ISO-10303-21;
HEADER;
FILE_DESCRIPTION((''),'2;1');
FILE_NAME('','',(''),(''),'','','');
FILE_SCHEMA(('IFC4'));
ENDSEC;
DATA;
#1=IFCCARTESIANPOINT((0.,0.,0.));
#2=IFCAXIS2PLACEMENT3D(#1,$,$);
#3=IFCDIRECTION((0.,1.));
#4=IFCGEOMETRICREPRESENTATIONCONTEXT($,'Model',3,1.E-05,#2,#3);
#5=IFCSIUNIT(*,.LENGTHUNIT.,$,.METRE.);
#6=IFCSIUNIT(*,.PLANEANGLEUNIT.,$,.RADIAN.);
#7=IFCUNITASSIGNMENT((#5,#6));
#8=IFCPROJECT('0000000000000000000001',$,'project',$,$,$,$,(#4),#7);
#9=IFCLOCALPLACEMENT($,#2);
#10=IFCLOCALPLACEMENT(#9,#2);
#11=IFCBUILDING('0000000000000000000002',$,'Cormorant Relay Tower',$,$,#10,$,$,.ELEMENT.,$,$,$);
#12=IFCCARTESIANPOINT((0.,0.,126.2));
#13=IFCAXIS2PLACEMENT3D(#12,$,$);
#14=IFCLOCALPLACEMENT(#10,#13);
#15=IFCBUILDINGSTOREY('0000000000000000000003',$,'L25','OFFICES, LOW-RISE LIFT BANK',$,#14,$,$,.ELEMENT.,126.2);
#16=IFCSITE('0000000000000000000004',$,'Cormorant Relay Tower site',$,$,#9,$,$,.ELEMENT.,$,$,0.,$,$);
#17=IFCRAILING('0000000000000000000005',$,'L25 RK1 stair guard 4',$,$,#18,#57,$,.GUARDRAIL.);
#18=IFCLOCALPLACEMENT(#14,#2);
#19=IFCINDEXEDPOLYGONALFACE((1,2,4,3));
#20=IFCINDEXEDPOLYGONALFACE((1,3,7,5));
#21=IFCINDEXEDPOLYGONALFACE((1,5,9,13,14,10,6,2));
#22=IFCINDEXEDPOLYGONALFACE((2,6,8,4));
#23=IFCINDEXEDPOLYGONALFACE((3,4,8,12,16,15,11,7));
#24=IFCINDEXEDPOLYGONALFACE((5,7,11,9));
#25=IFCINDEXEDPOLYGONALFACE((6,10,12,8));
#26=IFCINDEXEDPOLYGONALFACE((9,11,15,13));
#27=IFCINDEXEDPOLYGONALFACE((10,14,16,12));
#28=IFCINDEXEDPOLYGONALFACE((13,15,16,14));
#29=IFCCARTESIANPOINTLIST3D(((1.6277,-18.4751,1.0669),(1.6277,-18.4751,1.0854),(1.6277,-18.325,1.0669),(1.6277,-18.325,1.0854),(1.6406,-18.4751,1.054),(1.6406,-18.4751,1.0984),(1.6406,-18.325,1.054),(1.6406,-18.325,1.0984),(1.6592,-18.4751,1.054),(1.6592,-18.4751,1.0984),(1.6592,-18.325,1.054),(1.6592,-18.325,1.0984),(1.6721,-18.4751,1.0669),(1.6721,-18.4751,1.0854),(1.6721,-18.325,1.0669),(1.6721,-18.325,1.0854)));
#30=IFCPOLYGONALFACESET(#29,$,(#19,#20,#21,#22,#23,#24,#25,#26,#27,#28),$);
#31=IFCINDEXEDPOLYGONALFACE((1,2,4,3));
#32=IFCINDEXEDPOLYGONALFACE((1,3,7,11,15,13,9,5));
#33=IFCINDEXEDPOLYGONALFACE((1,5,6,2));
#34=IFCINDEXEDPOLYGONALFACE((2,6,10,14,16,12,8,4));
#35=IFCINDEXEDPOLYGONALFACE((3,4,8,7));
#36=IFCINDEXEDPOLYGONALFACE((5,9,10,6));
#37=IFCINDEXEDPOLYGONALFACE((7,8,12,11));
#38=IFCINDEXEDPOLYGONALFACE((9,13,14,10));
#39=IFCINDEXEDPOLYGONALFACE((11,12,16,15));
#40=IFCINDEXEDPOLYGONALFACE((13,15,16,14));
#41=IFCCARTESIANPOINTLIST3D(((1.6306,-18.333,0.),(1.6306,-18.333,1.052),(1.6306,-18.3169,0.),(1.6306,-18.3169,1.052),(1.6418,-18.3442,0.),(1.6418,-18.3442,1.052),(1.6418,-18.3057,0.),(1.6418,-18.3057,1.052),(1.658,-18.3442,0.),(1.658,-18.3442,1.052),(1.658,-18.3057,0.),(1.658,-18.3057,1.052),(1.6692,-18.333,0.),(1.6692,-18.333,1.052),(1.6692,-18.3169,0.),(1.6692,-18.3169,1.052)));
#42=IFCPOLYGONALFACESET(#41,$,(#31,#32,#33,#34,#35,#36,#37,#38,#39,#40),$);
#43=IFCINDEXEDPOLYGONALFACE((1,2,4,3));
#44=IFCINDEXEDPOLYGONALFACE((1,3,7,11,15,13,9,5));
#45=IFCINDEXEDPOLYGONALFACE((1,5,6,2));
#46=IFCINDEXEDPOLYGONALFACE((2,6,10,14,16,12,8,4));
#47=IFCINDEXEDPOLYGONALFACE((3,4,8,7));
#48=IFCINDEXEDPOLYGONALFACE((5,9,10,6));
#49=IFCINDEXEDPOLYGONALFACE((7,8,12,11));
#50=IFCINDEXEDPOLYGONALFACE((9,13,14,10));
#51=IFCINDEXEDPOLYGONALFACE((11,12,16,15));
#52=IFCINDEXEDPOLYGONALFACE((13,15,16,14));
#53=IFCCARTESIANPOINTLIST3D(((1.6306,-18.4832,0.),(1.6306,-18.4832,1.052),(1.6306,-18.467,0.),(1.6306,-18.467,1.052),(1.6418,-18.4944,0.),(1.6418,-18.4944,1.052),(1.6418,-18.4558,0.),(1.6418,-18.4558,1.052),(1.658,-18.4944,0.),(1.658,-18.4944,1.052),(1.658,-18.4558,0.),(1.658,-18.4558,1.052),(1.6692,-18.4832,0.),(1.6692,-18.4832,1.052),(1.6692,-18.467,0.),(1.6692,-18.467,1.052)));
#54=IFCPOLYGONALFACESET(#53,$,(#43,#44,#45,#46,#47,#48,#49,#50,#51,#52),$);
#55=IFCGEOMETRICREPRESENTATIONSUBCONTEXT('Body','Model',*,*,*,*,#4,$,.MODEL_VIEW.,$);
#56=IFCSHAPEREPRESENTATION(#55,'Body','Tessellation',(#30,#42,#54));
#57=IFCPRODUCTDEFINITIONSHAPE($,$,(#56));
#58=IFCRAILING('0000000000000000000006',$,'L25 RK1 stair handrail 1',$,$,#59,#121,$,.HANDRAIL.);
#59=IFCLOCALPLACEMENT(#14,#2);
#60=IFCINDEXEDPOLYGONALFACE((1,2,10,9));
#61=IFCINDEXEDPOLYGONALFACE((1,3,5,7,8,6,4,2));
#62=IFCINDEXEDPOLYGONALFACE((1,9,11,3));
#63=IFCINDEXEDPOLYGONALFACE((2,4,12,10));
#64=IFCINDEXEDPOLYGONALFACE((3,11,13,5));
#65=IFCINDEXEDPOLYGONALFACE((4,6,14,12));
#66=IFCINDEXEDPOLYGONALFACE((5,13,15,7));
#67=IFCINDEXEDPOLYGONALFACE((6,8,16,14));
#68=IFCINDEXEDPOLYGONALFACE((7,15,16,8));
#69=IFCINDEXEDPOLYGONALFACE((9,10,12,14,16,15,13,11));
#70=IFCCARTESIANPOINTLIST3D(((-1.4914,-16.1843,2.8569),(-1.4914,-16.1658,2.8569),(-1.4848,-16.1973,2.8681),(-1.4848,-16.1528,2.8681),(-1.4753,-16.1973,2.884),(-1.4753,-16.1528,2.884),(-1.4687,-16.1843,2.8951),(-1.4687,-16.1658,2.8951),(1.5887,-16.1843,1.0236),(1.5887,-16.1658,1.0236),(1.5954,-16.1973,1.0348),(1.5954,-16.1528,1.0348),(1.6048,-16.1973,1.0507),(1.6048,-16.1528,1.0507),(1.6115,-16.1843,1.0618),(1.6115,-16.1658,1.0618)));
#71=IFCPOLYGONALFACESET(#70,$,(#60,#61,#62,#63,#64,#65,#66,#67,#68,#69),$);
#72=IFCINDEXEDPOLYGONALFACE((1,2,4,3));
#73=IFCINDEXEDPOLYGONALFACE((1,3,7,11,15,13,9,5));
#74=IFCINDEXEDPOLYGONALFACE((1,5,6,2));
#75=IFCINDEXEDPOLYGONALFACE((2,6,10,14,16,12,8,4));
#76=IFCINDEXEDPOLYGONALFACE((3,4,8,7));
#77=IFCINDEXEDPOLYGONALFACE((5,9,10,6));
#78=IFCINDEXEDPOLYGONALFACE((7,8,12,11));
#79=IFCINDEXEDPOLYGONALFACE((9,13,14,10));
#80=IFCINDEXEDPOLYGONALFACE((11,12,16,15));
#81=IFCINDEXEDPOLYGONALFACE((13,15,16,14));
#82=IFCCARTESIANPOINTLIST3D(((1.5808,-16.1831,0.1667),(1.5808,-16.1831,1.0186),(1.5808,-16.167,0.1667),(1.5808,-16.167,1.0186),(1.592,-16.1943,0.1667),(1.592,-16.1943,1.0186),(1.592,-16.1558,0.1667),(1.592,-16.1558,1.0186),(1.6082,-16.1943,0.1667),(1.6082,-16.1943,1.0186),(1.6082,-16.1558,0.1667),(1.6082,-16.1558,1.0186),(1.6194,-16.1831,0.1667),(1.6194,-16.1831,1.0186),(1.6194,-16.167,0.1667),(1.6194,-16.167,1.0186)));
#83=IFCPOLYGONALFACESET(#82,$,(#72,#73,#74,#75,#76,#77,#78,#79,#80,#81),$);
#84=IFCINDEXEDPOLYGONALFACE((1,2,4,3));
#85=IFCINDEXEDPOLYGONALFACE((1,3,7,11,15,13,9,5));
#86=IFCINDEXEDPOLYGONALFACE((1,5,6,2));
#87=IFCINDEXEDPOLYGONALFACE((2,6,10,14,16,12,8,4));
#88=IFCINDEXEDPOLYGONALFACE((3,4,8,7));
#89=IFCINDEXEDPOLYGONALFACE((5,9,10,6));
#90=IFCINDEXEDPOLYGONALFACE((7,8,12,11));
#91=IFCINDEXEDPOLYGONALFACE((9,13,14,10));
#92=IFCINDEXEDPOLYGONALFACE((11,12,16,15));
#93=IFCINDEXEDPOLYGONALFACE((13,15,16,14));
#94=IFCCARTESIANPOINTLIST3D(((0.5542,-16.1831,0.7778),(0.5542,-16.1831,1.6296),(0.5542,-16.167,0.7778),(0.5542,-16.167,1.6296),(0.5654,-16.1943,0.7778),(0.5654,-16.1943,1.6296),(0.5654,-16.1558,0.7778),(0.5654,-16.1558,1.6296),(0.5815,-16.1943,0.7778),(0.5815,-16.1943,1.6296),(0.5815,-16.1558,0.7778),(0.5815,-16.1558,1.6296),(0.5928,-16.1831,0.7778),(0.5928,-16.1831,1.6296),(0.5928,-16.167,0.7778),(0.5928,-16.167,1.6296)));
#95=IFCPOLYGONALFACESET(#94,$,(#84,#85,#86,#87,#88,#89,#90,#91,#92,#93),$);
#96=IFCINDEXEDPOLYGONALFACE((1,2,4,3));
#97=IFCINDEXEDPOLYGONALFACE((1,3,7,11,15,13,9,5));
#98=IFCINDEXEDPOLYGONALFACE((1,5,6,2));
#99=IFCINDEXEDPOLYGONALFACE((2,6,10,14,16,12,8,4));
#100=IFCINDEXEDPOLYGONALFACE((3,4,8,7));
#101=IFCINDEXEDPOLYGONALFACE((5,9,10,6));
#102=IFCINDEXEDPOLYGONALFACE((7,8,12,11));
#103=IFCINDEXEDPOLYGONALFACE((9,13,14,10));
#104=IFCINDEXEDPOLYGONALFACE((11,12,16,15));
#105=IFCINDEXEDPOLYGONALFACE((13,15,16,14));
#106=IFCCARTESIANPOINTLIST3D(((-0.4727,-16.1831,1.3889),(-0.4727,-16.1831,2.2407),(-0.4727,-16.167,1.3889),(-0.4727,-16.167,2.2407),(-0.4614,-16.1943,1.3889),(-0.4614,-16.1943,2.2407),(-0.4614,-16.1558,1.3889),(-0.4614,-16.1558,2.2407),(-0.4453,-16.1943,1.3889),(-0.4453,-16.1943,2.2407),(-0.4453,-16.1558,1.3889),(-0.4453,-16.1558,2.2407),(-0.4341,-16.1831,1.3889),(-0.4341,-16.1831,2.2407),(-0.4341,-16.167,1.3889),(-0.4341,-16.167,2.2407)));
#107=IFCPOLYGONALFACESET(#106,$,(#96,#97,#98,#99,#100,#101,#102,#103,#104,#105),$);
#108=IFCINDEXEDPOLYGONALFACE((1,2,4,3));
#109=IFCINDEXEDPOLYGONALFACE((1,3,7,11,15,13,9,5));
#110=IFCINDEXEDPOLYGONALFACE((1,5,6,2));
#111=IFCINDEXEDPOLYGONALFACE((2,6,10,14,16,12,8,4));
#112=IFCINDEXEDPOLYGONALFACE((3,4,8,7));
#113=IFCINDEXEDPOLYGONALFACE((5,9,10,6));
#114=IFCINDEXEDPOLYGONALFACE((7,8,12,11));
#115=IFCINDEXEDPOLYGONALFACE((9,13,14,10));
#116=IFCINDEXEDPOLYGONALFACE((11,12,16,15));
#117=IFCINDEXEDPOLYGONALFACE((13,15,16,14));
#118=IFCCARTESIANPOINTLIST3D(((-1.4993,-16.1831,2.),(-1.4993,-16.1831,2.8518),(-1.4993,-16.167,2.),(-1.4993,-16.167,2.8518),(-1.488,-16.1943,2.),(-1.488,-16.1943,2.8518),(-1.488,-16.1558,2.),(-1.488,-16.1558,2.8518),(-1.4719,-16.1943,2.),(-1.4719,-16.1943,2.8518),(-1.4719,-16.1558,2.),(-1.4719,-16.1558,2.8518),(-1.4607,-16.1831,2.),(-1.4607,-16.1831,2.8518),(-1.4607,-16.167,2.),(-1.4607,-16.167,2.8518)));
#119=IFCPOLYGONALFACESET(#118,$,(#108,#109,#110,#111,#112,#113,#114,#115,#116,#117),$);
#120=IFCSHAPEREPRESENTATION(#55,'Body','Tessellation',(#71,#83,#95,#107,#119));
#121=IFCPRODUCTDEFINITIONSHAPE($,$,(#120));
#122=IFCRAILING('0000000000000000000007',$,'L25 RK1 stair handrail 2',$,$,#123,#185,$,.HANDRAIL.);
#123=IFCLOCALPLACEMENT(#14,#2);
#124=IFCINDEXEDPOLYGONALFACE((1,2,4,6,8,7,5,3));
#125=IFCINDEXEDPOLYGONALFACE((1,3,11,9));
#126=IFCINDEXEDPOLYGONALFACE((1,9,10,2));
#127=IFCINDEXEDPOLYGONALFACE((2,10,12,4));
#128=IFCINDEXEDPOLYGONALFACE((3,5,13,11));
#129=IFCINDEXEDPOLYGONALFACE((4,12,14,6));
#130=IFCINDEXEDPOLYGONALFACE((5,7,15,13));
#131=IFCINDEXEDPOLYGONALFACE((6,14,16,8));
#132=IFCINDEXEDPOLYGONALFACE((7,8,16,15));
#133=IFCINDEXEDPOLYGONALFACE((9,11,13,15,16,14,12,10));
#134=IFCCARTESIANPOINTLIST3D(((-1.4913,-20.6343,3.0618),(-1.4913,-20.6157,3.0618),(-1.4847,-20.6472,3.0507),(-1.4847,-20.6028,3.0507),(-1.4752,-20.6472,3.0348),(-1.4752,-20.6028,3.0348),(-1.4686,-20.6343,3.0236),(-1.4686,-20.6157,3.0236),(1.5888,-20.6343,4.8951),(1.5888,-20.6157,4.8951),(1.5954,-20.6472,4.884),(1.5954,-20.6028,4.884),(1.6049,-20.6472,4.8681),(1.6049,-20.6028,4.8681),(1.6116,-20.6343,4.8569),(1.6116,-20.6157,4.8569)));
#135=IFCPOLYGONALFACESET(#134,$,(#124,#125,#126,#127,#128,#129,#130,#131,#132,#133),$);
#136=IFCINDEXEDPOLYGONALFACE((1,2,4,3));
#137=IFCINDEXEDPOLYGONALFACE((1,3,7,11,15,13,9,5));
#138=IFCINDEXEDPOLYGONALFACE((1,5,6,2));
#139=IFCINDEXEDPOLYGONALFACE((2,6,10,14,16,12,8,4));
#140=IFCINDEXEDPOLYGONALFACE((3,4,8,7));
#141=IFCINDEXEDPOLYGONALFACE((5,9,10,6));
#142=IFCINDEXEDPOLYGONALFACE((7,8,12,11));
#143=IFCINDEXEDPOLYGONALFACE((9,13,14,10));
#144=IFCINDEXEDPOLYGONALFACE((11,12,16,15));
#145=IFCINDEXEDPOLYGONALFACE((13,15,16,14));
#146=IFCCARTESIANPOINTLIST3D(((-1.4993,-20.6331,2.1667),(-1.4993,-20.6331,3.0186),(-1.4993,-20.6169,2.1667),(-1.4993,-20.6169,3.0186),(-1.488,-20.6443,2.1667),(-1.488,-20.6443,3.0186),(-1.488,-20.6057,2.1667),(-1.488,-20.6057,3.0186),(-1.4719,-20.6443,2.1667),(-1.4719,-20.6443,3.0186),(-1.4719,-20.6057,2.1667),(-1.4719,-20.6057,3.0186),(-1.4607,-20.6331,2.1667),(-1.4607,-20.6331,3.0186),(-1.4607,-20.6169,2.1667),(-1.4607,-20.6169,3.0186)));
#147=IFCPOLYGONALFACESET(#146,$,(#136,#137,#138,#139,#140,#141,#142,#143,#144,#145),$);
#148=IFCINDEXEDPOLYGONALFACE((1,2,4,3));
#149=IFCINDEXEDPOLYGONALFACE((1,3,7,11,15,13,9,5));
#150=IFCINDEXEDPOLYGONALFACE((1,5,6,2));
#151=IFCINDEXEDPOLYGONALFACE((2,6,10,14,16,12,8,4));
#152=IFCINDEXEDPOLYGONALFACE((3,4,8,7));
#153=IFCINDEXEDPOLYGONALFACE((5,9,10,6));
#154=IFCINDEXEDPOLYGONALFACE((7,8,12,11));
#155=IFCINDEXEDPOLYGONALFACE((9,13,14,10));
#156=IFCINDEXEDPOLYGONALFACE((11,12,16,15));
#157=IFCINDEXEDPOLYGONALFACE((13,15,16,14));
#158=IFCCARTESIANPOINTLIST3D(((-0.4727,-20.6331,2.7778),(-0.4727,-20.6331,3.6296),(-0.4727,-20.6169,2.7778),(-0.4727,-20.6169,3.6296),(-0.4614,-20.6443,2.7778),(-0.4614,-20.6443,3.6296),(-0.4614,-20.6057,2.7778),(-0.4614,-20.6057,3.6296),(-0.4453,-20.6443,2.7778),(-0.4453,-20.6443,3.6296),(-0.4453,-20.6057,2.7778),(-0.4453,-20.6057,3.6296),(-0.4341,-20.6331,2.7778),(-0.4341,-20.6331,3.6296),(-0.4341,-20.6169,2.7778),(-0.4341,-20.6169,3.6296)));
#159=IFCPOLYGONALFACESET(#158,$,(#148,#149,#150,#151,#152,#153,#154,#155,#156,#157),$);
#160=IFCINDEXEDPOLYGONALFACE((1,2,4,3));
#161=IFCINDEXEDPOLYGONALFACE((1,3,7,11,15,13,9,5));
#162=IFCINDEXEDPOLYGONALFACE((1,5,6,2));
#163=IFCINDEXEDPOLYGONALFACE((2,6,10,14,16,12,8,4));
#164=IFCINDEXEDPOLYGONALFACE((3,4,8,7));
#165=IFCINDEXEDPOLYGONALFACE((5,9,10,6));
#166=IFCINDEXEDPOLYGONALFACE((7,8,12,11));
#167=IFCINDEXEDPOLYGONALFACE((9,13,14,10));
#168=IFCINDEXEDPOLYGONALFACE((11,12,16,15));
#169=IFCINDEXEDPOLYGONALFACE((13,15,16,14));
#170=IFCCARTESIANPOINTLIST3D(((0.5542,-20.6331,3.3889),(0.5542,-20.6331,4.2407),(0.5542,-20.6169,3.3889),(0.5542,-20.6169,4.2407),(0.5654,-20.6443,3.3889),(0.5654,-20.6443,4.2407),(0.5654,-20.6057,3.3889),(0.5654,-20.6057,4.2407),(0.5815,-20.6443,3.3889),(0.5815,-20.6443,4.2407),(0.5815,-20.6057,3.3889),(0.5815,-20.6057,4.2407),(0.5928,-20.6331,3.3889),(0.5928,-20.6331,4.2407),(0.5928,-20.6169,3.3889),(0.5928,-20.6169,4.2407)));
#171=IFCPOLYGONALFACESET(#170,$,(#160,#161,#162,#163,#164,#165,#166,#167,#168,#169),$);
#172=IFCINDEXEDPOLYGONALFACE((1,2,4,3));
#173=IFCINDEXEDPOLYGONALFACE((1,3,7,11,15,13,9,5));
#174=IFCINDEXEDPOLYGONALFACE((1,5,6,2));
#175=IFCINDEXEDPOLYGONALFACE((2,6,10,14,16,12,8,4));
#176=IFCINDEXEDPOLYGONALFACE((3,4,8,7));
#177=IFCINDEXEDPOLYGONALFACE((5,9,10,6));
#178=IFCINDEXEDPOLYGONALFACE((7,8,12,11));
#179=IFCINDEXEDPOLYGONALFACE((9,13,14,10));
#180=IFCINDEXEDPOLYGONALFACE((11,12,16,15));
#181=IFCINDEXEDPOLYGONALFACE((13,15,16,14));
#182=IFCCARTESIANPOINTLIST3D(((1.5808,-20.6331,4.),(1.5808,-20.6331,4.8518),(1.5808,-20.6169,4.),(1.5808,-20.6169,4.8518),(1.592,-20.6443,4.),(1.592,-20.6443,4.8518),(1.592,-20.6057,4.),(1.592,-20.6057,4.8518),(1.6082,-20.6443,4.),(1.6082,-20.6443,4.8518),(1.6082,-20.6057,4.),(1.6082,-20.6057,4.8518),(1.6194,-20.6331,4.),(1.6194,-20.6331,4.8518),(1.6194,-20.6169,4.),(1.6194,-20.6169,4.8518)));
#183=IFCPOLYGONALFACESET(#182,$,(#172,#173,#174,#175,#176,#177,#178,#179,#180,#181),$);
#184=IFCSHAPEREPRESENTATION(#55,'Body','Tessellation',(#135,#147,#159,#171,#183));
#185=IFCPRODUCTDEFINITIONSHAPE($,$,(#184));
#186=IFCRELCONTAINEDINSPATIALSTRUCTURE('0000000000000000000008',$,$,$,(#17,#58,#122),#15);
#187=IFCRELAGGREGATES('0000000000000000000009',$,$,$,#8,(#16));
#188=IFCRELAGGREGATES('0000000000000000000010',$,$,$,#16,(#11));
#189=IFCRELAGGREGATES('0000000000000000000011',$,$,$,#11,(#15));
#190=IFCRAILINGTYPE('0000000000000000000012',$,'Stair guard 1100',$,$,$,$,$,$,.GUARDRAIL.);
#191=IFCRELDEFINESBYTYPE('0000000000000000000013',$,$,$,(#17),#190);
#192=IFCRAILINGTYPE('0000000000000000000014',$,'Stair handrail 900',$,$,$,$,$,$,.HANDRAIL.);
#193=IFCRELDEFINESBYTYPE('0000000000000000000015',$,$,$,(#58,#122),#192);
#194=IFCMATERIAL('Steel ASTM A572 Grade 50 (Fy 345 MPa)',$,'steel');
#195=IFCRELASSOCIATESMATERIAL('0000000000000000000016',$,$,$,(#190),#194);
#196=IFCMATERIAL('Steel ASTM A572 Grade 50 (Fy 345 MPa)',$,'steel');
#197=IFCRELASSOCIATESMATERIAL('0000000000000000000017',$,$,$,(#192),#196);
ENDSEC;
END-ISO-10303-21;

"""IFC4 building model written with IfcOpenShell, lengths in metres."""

from ifc_helpers import new_model, si_unit, direction, frame, origin, place, context, subcontext, project, spatial, polyline, outline, extrude, material, type_object, element, save


model = new_model("IFC4")

# Units and contexts
model_context = context("Model", 3, precision=1e-05, world=origin(), true_north=direction((0.0, 1.0)))
body_context = subcontext(model_context, "Body", "Model", "MODEL_VIEW")
ifc_project = project(units=[si_unit("LENGTHUNIT", "METRE"), si_unit("PLANEANGLEUNIT", "RADIAN")], contexts=[model_context])

# Site, building, storey
site_placement = place(None, origin())
site = spatial("IfcSite", under=ifc_project, at=site_placement, Name="Cormorant Relay Tower site", CompositionType="ELEMENT", RefElevation=0.0)
building_placement = place(site_placement, origin())
building = spatial("IfcBuilding", under=site, at=building_placement, Name="Cormorant Relay Tower", CompositionType="ELEMENT")
storey_placement = place(building_placement, frame((0.0, 0.0, 126.2)))
storey = spatial("IfcBuildingStorey", under=building, at=storey_placement, Name="L25", Description="OFFICES, LOW-RISE LIFT BANK", CompositionType="ELEMENT", Elevation=126.2)

# Railings
ifc_material_1 = material(Name="Steel ASTM A572 Grade 50 (Fy 345 MPa)", Category="steel")
railing_type_1 = type_object("IfcRailingType", Name="Stair guard 1100", PredefinedType="GUARDRAIL", material=ifc_material_1)
railing_1_placement = place(storey_placement, frame((1.6499, -18.325, 0.0)))
element("IfcRailing", 1, at=railing_1_placement, inside=storey, type_object=railing_type_1, Name="L25 RK1 stair guard 4", PredefinedType="GUARDRAIL", context=body_context, shape_type="SweptSolid", body=[
    extrude(outline(polyline([(0.0222, 0.0093), (0.0093, 0.0222), (-0.0093, 0.0222), (-0.0222, 0.0093), (-0.0222, -0.0093), (-0.0093, -0.0222), (0.0093, -0.0222), (0.0222, -0.0093), (0.0222, 0.0093)])), frame((0.0, 0.0, 1.0762), z_axis=(0.0, -1.0, 0.0), x_axis=(1.0, 0.0, 0.0)), (0.0, 0.0, 1.0), 0.1501),
    extrude(outline(polyline([(0.0193, 0.0081), (0.0081, 0.0193), (-0.0081, 0.0193), (-0.0193, 0.0081), (-0.0193, -0.0081), (-0.0081, -0.0193), (0.0081, -0.0193), (0.0193, -0.0081), (0.0193, 0.0081)])), origin(), (0.0, 0.0, 1.0), 1.052),
    extrude(outline(polyline([(0.0193, 0.0081), (0.0081, 0.0193), (-0.0081, 0.0193), (-0.0193, 0.0081), (-0.0193, -0.0081), (-0.0081, -0.0193), (0.0081, -0.0193), (0.0193, -0.0081), (0.0193, 0.0081)])), frame((0.0, -0.1501, 0.0)), (0.0, 0.0, 1.0), 1.052),
])
ifc_material_2 = material(Name="Steel ASTM A572 Grade 50 (Fy 345 MPa)", Category="steel")
railing_type_2 = type_object("IfcRailingType", Name="Stair handrail 900", PredefinedType="HANDRAIL", material=ifc_material_2)
railing_2_placement = place(storey_placement, frame((1.6001, -16.175, 0.1667)))
element("IfcRailing", 2, at=railing_2_placement, inside=storey, type_object=railing_type_2, Name="L25 RK1 stair handrail 1", PredefinedType="HANDRAIL", context=body_context, shape_type="SweptSolid", body=[
    extrude(outline(polyline([(0.0222, 0.0093), (0.0093, 0.0222), (-0.0093, 0.0222), (-0.0222, 0.0093), (-0.0222, -0.0093), (-0.0093, -0.0222), (0.0093, -0.0222), (0.0222, -0.0093), (0.0222, 0.0093)])), frame((0.0, 0.0, 0.876), z_axis=(-0.859309, 0.0, 0.511458), x_axis=(0.0, -1.0, 0.0)), (0.0, 0.0, 1.0), 3.5845),
    extrude(outline(polyline([(0.0193, 0.0081), (0.0081, 0.0193), (-0.0081, 0.0193), (-0.0193, 0.0081), (-0.0193, -0.0081), (-0.0081, -0.0193), (0.0081, -0.0193), (0.0193, -0.0081), (0.0193, 0.0081)])), origin(), (0.0, 0.0, 1.0), 0.8518),
    extrude(outline(polyline([(0.0193, 0.0081), (0.0081, 0.0193), (-0.0081, 0.0193), (-0.0193, 0.0081), (-0.0193, -0.0081), (-0.0081, -0.0193), (0.0081, -0.0193), (0.0193, -0.0081), (0.0193, 0.0081)])), frame((-1.0266, 0.0, 0.6111)), (0.0, 0.0, 1.0), 0.8518),
    extrude(outline(polyline([(0.0193, 0.0081), (0.0081, 0.0193), (-0.0081, 0.0193), (-0.0193, 0.0081), (-0.0193, -0.0081), (-0.0081, -0.0193), (0.0081, -0.0193), (0.0193, -0.0081), (0.0193, 0.0081)])), frame((-2.0535, 0.0, 1.2222)), (0.0, 0.0, 1.0), 0.8518),
    extrude(outline(polyline([(0.0193, 0.0081), (0.0081, 0.0193), (-0.0081, 0.0193), (-0.0193, 0.0081), (-0.0193, -0.0081), (-0.0081, -0.0193), (0.0081, -0.0193), (0.0193, -0.0081), (0.0193, 0.0081)])), frame((-3.0801, 0.0, 1.8333)), (0.0, 0.0, 1.0), 0.8518),
])
railing_3_placement = place(storey_placement, frame((-1.48, -20.625, 2.1667)))
element("IfcRailing", 3, at=railing_3_placement, inside=storey, type_object=railing_type_2, Name="L25 RK1 stair handrail 2", PredefinedType="HANDRAIL", context=body_context, shape_type="SweptSolid", body=[
    extrude(outline(polyline([(0.0222, 0.0093), (0.0093, 0.0222), (-0.0093, 0.0222), (-0.0222, 0.0093), (-0.0222, -0.0093), (-0.0093, -0.0222), (0.0093, -0.0222), (0.0222, -0.0093), (0.0222, 0.0093)])), frame((0.0, 0.0, 0.876), z_axis=(0.859309, 0.0, 0.511458), x_axis=(0.0, 1.0, 0.0)), (0.0, 0.0, 1.0), 3.5845),
    extrude(outline(polyline([(0.0193, 0.0081), (0.0081, 0.0193), (-0.0081, 0.0193), (-0.0193, 0.0081), (-0.0193, -0.0081), (-0.0081, -0.0193), (0.0081, -0.0193), (0.0193, -0.0081), (0.0193, 0.0081)])), origin(), (0.0, 0.0, 1.0), 0.8518),
    extrude(outline(polyline([(0.0193, 0.0081), (0.0081, 0.0193), (-0.0081, 0.0193), (-0.0193, 0.0081), (-0.0193, -0.0081), (-0.0081, -0.0193), (0.0081, -0.0193), (0.0193, -0.0081), (0.0193, 0.0081)])), frame((1.0266, 0.0, 0.6111)), (0.0, 0.0, 1.0), 0.8518),
    extrude(outline(polyline([(0.0193, 0.0081), (0.0081, 0.0193), (-0.0081, 0.0193), (-0.0193, 0.0081), (-0.0193, -0.0081), (-0.0081, -0.0193), (0.0081, -0.0193), (0.0193, -0.0081), (0.0193, 0.0081)])), frame((2.0535, 0.0, 1.2222)), (0.0, 0.0, 1.0), 0.8518),
    extrude(outline(polyline([(0.0193, 0.0081), (0.0081, 0.0193), (-0.0081, 0.0193), (-0.0193, 0.0081), (-0.0193, -0.0081), (-0.0081, -0.0193), (0.0081, -0.0193), (0.0193, -0.0081), (0.0193, 0.0081)])), frame((3.0801, 0.0, 1.8333)), (0.0, 0.0, 1.0), 0.8518),
])

save(model, "model.ifc")
